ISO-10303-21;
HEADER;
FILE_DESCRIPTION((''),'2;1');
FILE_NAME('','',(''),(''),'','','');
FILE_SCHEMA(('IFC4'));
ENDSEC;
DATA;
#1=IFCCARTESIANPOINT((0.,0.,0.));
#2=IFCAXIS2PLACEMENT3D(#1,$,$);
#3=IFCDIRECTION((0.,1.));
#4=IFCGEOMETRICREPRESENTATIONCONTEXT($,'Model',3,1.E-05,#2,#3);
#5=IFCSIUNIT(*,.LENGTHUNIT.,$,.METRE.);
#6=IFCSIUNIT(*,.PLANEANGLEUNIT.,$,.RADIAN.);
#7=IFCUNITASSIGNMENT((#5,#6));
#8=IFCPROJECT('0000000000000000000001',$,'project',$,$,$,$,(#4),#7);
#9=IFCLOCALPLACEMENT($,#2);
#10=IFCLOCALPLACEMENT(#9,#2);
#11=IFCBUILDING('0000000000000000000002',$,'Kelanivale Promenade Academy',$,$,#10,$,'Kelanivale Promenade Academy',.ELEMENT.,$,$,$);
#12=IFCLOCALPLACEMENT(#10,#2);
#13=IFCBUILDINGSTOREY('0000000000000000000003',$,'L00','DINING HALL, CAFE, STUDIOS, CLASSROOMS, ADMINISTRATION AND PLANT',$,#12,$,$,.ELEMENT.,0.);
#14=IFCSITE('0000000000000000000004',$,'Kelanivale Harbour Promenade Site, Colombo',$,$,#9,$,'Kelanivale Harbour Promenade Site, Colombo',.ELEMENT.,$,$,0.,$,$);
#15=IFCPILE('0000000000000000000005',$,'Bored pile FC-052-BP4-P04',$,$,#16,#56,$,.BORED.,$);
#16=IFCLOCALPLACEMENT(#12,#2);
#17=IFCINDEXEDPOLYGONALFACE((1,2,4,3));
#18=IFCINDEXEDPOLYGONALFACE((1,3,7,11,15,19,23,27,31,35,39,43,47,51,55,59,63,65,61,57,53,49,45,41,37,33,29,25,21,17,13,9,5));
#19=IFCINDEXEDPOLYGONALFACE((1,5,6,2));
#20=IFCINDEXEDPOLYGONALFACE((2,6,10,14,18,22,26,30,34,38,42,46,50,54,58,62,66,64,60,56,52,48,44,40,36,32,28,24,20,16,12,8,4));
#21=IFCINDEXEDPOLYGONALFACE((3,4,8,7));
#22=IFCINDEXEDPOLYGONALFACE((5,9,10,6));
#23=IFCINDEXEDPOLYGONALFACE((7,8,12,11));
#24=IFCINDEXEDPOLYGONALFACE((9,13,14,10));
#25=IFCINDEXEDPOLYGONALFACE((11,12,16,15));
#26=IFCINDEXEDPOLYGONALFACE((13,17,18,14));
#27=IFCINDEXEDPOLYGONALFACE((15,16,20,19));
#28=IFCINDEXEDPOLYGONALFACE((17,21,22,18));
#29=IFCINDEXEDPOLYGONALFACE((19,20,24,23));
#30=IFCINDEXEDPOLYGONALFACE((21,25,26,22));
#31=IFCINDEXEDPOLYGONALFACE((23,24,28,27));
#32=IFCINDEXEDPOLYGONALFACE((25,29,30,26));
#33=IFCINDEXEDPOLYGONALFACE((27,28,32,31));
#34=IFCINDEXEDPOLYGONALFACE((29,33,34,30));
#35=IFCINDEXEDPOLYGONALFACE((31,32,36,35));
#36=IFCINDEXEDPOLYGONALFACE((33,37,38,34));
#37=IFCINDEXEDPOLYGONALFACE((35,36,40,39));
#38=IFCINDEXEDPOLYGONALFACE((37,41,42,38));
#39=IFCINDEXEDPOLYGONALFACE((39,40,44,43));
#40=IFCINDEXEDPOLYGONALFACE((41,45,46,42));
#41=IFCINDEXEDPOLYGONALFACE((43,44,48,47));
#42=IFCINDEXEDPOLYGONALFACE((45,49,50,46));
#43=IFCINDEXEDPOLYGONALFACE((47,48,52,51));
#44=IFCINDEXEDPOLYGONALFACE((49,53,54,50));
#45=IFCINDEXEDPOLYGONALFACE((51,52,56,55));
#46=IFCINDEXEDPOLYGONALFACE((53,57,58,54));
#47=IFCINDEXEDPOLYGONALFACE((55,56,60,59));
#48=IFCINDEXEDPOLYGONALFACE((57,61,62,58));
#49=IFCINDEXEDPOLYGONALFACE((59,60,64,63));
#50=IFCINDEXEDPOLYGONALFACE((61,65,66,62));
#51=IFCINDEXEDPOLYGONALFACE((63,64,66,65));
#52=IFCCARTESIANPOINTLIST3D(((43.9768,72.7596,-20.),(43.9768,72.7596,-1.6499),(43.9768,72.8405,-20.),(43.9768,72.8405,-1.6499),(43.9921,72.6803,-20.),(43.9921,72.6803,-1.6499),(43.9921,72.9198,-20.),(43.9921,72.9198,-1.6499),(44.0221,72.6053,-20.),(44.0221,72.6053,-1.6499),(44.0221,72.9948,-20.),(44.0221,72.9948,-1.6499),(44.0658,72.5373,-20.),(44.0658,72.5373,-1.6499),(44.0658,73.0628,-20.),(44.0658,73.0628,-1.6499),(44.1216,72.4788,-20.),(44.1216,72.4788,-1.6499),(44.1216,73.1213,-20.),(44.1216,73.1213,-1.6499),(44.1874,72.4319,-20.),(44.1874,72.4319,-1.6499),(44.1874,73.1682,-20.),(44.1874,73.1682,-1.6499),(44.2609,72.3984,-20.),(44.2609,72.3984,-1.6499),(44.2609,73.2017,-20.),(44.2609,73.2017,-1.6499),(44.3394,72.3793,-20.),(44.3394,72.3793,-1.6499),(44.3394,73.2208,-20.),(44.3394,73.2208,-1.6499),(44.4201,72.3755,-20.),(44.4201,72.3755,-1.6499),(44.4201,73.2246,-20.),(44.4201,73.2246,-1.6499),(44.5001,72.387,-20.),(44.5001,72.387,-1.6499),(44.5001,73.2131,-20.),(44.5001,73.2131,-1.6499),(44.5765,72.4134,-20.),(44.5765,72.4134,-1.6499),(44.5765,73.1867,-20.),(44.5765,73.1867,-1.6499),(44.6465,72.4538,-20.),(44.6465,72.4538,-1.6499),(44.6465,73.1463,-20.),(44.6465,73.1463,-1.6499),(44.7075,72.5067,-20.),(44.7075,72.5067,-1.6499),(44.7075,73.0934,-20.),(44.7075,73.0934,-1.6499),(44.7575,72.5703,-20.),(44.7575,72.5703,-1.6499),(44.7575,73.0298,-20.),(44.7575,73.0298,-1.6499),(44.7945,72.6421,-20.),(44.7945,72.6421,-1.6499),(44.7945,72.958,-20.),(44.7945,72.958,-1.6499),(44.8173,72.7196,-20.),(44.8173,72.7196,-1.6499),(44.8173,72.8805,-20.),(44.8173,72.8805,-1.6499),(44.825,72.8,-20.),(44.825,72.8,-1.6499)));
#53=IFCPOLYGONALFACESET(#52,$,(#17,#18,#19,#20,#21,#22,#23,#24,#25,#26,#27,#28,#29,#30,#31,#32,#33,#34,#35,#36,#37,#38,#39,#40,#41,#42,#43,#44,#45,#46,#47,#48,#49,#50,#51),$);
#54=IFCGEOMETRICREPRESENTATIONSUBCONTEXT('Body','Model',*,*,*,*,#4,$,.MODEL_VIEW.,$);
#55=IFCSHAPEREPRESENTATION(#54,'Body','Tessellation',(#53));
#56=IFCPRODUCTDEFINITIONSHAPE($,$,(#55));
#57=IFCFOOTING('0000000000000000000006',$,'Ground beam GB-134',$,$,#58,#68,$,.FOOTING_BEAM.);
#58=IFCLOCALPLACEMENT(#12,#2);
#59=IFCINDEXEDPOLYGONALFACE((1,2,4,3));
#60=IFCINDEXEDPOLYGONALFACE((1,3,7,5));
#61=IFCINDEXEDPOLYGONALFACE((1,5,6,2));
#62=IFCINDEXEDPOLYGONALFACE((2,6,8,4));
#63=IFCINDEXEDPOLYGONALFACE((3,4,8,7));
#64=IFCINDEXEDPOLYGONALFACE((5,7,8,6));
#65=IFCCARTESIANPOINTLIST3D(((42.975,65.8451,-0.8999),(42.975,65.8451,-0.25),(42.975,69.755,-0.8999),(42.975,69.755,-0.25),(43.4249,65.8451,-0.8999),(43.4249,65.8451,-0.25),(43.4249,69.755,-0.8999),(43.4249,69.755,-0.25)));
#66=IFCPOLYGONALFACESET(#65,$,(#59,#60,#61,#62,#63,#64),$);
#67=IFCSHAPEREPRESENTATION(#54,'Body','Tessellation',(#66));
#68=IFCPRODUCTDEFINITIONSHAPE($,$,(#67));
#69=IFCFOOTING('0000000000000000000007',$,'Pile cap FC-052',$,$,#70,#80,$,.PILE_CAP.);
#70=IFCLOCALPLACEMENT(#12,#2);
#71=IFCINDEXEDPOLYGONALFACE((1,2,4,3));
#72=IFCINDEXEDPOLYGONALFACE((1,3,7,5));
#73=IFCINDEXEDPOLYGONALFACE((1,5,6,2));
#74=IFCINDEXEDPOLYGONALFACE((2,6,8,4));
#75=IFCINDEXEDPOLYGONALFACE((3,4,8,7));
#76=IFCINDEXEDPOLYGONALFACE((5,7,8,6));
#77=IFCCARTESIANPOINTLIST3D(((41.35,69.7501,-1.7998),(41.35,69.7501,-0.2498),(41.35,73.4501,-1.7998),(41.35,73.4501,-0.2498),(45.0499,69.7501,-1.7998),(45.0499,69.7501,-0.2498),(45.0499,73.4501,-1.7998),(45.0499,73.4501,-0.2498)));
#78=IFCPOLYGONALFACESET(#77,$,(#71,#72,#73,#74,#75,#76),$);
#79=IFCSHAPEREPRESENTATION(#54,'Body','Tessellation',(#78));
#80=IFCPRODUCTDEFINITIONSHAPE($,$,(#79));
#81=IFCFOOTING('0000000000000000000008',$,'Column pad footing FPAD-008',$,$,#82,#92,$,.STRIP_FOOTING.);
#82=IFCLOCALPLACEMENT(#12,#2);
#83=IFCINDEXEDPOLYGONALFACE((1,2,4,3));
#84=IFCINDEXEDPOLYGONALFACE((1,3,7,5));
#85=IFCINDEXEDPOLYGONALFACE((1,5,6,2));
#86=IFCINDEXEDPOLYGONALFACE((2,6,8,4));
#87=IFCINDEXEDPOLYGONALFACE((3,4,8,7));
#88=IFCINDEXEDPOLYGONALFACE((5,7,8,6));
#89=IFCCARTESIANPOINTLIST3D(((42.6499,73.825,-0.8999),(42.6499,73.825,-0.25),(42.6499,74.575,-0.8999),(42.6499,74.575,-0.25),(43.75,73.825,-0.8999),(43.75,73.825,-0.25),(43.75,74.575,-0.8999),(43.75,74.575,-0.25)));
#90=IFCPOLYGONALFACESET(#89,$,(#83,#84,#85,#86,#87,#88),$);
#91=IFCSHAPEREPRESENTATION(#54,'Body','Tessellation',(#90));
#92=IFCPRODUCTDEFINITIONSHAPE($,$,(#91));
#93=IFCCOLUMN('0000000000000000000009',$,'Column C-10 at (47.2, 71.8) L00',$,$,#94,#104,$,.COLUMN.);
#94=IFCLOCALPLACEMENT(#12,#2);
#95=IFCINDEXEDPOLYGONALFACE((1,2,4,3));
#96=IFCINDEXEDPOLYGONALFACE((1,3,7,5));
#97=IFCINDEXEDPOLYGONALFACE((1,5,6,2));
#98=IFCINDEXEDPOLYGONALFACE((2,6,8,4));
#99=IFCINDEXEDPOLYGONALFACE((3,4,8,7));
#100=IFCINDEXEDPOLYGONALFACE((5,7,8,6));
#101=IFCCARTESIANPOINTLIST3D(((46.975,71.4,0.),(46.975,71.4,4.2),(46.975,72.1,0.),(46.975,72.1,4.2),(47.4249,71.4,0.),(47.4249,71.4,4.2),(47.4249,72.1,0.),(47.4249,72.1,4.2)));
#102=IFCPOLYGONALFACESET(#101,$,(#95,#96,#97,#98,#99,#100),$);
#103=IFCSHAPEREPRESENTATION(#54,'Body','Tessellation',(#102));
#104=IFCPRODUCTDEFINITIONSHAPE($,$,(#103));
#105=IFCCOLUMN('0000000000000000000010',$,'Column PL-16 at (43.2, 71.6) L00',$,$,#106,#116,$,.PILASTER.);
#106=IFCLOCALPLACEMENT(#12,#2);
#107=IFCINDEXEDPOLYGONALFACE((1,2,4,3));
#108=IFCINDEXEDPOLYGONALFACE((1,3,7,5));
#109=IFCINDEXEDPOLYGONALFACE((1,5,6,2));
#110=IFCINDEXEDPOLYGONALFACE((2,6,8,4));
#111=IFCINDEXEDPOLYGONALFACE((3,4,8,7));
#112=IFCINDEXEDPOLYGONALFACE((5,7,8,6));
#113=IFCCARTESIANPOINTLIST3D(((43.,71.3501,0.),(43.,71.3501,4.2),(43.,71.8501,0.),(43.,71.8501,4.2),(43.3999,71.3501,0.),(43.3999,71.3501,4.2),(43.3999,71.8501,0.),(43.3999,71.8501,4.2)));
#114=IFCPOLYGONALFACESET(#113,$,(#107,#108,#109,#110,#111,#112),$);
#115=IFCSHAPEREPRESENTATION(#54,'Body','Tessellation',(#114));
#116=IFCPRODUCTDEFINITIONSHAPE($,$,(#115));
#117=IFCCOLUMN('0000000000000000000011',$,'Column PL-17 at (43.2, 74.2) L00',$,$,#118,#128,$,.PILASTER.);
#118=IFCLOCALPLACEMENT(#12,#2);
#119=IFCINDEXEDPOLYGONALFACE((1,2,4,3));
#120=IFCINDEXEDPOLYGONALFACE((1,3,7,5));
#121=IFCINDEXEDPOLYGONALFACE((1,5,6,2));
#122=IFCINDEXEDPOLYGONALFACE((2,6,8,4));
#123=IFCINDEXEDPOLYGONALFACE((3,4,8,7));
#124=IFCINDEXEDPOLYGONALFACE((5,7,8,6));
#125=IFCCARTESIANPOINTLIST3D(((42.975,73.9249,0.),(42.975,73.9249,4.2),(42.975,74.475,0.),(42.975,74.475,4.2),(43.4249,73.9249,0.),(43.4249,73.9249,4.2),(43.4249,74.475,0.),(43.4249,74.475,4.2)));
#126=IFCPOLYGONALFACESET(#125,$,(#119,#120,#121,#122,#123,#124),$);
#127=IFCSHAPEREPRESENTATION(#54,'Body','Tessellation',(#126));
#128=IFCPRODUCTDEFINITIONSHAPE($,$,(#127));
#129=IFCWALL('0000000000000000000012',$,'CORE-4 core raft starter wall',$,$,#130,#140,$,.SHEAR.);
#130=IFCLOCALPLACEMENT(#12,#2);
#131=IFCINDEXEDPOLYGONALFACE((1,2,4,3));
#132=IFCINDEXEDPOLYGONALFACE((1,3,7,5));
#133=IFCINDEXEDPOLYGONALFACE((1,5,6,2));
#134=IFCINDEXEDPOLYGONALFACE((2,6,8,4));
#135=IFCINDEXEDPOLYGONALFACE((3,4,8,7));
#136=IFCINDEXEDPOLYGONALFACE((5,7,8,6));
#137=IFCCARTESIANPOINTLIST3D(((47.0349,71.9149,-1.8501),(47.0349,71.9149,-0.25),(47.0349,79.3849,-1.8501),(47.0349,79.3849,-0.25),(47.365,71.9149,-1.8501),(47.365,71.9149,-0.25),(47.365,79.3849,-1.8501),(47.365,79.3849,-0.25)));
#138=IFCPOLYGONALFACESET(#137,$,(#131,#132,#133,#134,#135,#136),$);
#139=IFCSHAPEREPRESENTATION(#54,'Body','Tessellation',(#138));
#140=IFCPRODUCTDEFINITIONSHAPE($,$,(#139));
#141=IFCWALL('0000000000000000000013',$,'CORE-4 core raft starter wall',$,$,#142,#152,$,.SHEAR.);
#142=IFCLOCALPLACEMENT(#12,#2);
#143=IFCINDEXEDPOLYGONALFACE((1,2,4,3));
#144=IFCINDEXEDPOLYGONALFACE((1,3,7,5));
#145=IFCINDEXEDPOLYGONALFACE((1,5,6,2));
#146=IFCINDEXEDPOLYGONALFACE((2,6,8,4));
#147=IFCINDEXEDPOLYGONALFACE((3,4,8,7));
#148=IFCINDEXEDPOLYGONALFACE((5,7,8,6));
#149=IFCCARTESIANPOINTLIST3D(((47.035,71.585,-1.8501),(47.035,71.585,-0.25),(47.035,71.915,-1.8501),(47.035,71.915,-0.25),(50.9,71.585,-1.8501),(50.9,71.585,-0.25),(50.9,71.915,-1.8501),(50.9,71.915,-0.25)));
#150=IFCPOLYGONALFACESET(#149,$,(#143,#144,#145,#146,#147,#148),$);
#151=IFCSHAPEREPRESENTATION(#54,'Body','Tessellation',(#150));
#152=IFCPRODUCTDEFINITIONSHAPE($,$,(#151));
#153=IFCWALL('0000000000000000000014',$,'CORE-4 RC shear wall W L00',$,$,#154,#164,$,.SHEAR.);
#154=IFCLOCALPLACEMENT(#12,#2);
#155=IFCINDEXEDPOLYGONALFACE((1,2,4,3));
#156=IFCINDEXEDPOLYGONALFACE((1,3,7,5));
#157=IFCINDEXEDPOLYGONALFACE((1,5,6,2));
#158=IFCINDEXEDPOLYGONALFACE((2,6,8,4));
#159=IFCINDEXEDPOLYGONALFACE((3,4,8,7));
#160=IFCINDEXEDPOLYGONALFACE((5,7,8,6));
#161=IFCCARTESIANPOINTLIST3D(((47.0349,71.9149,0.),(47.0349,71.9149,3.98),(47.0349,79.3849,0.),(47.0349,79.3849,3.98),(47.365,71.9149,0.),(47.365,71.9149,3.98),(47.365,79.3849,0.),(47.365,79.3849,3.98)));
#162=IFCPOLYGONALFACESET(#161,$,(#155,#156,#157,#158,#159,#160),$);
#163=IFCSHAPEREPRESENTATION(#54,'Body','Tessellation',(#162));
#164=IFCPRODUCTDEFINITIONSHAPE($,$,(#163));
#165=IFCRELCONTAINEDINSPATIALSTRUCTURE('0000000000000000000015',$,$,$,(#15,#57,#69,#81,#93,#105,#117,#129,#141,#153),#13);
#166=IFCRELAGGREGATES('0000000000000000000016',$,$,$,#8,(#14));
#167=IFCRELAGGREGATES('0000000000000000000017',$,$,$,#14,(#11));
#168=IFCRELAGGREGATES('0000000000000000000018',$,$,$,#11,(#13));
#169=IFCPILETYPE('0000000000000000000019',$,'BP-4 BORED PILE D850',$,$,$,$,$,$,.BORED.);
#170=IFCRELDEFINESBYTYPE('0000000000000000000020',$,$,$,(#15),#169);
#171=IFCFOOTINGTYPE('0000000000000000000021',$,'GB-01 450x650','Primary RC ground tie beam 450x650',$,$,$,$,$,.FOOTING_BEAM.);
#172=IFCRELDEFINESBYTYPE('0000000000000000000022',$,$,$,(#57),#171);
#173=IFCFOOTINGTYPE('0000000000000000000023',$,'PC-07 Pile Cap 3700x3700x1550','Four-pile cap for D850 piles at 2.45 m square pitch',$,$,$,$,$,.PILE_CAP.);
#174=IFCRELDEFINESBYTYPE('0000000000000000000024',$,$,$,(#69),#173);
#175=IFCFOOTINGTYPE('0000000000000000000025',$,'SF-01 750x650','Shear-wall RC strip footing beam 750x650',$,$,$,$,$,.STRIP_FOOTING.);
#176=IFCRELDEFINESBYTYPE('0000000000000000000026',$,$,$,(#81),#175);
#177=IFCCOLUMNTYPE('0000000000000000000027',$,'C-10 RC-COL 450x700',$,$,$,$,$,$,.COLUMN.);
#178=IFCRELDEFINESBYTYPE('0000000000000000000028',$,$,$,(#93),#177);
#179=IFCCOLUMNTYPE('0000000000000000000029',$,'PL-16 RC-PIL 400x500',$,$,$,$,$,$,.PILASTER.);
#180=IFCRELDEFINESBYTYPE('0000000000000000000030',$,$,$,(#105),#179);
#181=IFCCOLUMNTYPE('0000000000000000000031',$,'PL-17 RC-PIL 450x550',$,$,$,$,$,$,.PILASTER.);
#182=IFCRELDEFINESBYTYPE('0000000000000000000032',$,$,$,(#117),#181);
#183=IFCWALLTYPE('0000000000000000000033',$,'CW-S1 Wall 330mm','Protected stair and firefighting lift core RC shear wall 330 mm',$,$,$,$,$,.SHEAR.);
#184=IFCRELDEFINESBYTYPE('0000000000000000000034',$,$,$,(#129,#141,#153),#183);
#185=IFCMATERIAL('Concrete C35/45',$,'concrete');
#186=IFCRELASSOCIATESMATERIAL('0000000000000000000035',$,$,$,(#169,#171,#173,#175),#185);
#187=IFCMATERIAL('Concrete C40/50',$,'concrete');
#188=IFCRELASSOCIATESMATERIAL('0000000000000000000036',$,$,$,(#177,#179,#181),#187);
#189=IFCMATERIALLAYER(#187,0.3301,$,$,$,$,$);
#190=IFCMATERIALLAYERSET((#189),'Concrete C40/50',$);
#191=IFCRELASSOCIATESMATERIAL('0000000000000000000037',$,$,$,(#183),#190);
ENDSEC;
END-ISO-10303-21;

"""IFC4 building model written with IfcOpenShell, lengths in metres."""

from ifc_helpers import new_model, si_unit, direction, frame, frame_2d, origin, origin_2d, place, context, subcontext, project, spatial, rectangle, circle, extrude, material, layer, layer_set, material_profile, profile_set, type_object, element, save


model = new_model("IFC4")

# Units and contexts
model_context = context("Model", 3, precision=1e-05, world=origin(), true_north=direction((0.0, 1.0)))
body_context = subcontext(model_context, "Body", "Model", "MODEL_VIEW")
ifc_project = project(units=[si_unit("LENGTHUNIT", "METRE"), si_unit("PLANEANGLEUNIT", "RADIAN")], contexts=[model_context])

# Site, building, storey
site_placement = place(None, origin())
site = spatial("IfcSite", under=ifc_project, at=site_placement, Name="Kelanivale Harbour Promenade Site, Colombo", LongName="Kelanivale Harbour Promenade Site, Colombo", CompositionType="ELEMENT", RefElevation=0.0)
building_placement = place(site_placement, origin())
building = spatial("IfcBuilding", under=site, at=building_placement, Name="Kelanivale Promenade Academy", LongName="Kelanivale Promenade Academy", CompositionType="ELEMENT")
storey_placement = place(building_placement, origin())
storey = spatial("IfcBuildingStorey", under=building, at=storey_placement, Name="L00", Description="DINING HALL, CAFE, STUDIOS, CLASSROOMS, ADMINISTRATION AND PLANT", CompositionType="ELEMENT", Elevation=0.0)

# Pile
ifc_material_1 = material(Name="Concrete C35/45", Category="concrete")
ifc_material_profile_1 = material_profile(ifc_material_1, circle(Radius=0.425, at=origin_2d()), Name="BORED PILE D850")
ifc_profile_set_1 = profile_set([ifc_material_profile_1], Name="Concrete C35/45")
pile_type = type_object("IfcPileType", Name="BP-4 BORED PILE D850", PredefinedType="BORED", material=ifc_profile_set_1)
for number, where, z_axis, x_axis, name in (
    (1, (44.3999, 72.8, -1.6499), (0.0, 0.0, -1.0), (1.0, 0.0, 0.0), "Bored pile FC-052-BP4-P04"),
):
    element("IfcPile", number, at=place(storey_placement, frame(where, z_axis=z_axis, x_axis=x_axis)), inside=storey, type_object=pile_type, Name=name, PredefinedType="BORED", context=body_context, shape_type="SweptSolid", body=[
        extrude(circle(Radius=0.425, at=origin_2d()), origin(), (0.0, 0.0, 1.0), 18.3501),
    ])

# Footings
footing_type_1 = type_object("IfcFootingType", Name="GB-01 450x650", Description="Primary RC ground tie beam 450x650", PredefinedType="FOOTING_BEAM", material=ifc_material_1)
footing_1_placement = place(storey_placement, frame((43.2, 67.8, -0.8999), z_axis=(0.0, 0.0, 1.0), x_axis=(0.0, 1.0, 0.0)))
element("IfcFooting", 2, at=footing_1_placement, inside=storey, type_object=footing_type_1, Name="Ground beam GB-134", PredefinedType="FOOTING_BEAM", context=body_context, shape_type="SweptSolid", body=[
    extrude(rectangle(XDim=3.9099, YDim=0.45, at=origin_2d()), origin(), (0.0, 0.0, 1.0), 0.6499),
])
footing_type_2 = type_object("IfcFootingType", Name="PC-07 Pile Cap 3700x3700x1550", Description="Four-pile cap for D850 piles at 2.45 m square pitch", PredefinedType="PILE_CAP", material=ifc_material_1)
footing_2_placement = place(storey_placement, frame((43.2, 71.6001, -1.7998), z_axis=(0.0, 0.0, 1.0), x_axis=(1.0, 0.0, 0.0)))
element("IfcFooting", 3, at=footing_2_placement, inside=storey, type_object=footing_type_2, Name="Pile cap FC-052", PredefinedType="PILE_CAP", context=body_context, shape_type="SweptSolid", body=[
    extrude(rectangle(XDim=3.7, YDim=3.7, at=origin_2d()), origin(), (0.0, 0.0, 1.0), 1.55),
])
footing_type_3 = type_object("IfcFootingType", Name="SF-01 750x650", Description="Shear-wall RC strip footing beam 750x650", PredefinedType="STRIP_FOOTING", material=ifc_material_1)
footing_3_placement = place(storey_placement, frame((43.2, 74.2, -0.8999), z_axis=(0.0, 0.0, 1.0), x_axis=(1.0, 0.0, 0.0)))
element("IfcFooting", 4, at=footing_3_placement, inside=storey, type_object=footing_type_3, Name="Column pad footing FPAD-008", PredefinedType="STRIP_FOOTING", context=body_context, shape_type="SweptSolid", body=[
    extrude(rectangle(XDim=1.1001, YDim=0.75, at=origin_2d()), origin(), (0.0, 0.0, 1.0), 0.6499),
])

# Columns
ifc_material_2 = material(Name="Concrete C40/50", Category="concrete")
ifc_material_profile_2 = material_profile(ifc_material_2, rectangle(XDim=0.45, YDim=0.7, at=origin_2d()), Name="RC-COL 450x700")
ifc_profile_set_2 = profile_set([ifc_material_profile_2], Name="Concrete C40/50")
column_type_1 = type_object("IfcColumnType", Name="C-10 RC-COL 450x700", PredefinedType="COLUMN", material=ifc_profile_set_2)
column_1_placement = place(storey_placement, frame((47.2, 71.75, 0.0), z_axis=(0.0, 0.0, 1.0), x_axis=(1.0, 0.0, 0.0)))
element("IfcColumn", 5, at=column_1_placement, inside=storey, type_object=column_type_1, Name="Column C-10 at (47.2, 71.8) L00", PredefinedType="COLUMN", context=body_context, shape_type="SweptSolid", body=[
    extrude(rectangle(XDim=0.45, YDim=0.7, at=origin_2d()), origin(), (0.0, 0.0, 1.0), 4.2),
])
ifc_material_profile_3 = material_profile(ifc_material_2, rectangle(XDim=0.3999, YDim=0.5, at=origin_2d()), Name="RC-PIL 400x500")
ifc_profile_set_3 = profile_set([ifc_material_profile_3], Name="Concrete C40/50")
column_type_2 = type_object("IfcColumnType", Name="PL-16 RC-PIL 400x500", PredefinedType="PILASTER", material=ifc_profile_set_3)
column_2_placement = place(storey_placement, frame((43.2, 71.6001, 0.0), z_axis=(0.0, 0.0, 1.0), x_axis=(1.0, 0.0, 0.0)))
element("IfcColumn", 6, at=column_2_placement, inside=storey, type_object=column_type_2, Name="Column PL-16 at (43.2, 71.6) L00", PredefinedType="PILASTER", context=body_context, shape_type="SweptSolid", body=[
    extrude(rectangle(XDim=0.3999, YDim=0.5, at=origin_2d()), origin(), (0.0, 0.0, 1.0), 4.2),
])
ifc_material_profile_4 = material_profile(ifc_material_2, rectangle(XDim=0.45, YDim=0.55, at=origin_2d()), Name="RC-PIL 450x550")
ifc_profile_set_4 = profile_set([ifc_material_profile_4], Name="Concrete C40/50")
column_type_3 = type_object("IfcColumnType", Name="PL-17 RC-PIL 450x550", PredefinedType="PILASTER", material=ifc_profile_set_4)
column_3_placement = place(storey_placement, frame((43.2, 74.2, 0.0), z_axis=(0.0, 0.0, 1.0), x_axis=(1.0, 0.0, 0.0)))
element("IfcColumn", 7, at=column_3_placement, inside=storey, type_object=column_type_3, Name="Column PL-17 at (43.2, 74.2) L00", PredefinedType="PILASTER", context=body_context, shape_type="SweptSolid", body=[
    extrude(rectangle(XDim=0.45, YDim=0.55, at=origin_2d()), origin(), (0.0, 0.0, 1.0), 4.2),
])

# Walls
ifc_layer_1 = layer(ifc_material_2, 0.3301)
ifc_layer_set_1 = layer_set([ifc_layer_1], Name="Concrete C40/50")
wall_type_1 = type_object("IfcWallType", Name="CW-S1 Wall 330mm", Description="Protected stair and firefighting lift core RC shear wall 330 mm", PredefinedType="SHEAR", material=ifc_layer_set_1)
wall_1_placement = place(storey_placement, frame((47.2, 71.915, -1.8501), z_axis=(0.0, 0.0, 1.0), x_axis=(0.0, 1.0, 0.0)))
element("IfcWall", 8, at=wall_1_placement, inside=storey, type_object=wall_type_1, Name="CORE-4 core raft starter wall", PredefinedType="SHEAR", context=body_context, shape_type="SweptSolid", body=[
    extrude(rectangle(XDim=7.47, YDim=0.3301, at=frame_2d((3.7349, 0.0))), origin(), (0.0, 0.0, 1.0), 1.6001),
])
wall_2_placement = place(storey_placement, frame((47.0349, 71.75, -1.8501), z_axis=(0.0, 0.0, 1.0), x_axis=(1.0, 0.0, 0.0)))
element("IfcWall", 9, at=wall_2_placement, inside=storey, type_object=wall_type_1, Name="CORE-4 core raft starter wall", PredefinedType="SHEAR", context=body_context, shape_type="SweptSolid", body=[
    extrude(rectangle(XDim=3.865, YDim=0.3301, at=frame_2d((1.9326, 0.0))), origin(), (0.0, 0.0, 1.0), 1.6001),
])

# Wall
wall_3_placement = place(storey_placement, frame((47.2, 71.915, 0.0), z_axis=(0.0, 0.0, 1.0), x_axis=(0.0, 1.0, 0.0)))
element("IfcWall", 10, at=wall_3_placement, inside=storey, type_object=wall_type_1, Name="CORE-4 RC shear wall W L00", PredefinedType="SHEAR", context=body_context, shape_type="SweptSolid", body=[
    extrude(rectangle(XDim=7.47, YDim=0.3301, at=frame_2d((3.7349, 0.0))), origin(), (0.0, 0.0, 1.0), 3.98),
])

save(model, "model.ifc")
